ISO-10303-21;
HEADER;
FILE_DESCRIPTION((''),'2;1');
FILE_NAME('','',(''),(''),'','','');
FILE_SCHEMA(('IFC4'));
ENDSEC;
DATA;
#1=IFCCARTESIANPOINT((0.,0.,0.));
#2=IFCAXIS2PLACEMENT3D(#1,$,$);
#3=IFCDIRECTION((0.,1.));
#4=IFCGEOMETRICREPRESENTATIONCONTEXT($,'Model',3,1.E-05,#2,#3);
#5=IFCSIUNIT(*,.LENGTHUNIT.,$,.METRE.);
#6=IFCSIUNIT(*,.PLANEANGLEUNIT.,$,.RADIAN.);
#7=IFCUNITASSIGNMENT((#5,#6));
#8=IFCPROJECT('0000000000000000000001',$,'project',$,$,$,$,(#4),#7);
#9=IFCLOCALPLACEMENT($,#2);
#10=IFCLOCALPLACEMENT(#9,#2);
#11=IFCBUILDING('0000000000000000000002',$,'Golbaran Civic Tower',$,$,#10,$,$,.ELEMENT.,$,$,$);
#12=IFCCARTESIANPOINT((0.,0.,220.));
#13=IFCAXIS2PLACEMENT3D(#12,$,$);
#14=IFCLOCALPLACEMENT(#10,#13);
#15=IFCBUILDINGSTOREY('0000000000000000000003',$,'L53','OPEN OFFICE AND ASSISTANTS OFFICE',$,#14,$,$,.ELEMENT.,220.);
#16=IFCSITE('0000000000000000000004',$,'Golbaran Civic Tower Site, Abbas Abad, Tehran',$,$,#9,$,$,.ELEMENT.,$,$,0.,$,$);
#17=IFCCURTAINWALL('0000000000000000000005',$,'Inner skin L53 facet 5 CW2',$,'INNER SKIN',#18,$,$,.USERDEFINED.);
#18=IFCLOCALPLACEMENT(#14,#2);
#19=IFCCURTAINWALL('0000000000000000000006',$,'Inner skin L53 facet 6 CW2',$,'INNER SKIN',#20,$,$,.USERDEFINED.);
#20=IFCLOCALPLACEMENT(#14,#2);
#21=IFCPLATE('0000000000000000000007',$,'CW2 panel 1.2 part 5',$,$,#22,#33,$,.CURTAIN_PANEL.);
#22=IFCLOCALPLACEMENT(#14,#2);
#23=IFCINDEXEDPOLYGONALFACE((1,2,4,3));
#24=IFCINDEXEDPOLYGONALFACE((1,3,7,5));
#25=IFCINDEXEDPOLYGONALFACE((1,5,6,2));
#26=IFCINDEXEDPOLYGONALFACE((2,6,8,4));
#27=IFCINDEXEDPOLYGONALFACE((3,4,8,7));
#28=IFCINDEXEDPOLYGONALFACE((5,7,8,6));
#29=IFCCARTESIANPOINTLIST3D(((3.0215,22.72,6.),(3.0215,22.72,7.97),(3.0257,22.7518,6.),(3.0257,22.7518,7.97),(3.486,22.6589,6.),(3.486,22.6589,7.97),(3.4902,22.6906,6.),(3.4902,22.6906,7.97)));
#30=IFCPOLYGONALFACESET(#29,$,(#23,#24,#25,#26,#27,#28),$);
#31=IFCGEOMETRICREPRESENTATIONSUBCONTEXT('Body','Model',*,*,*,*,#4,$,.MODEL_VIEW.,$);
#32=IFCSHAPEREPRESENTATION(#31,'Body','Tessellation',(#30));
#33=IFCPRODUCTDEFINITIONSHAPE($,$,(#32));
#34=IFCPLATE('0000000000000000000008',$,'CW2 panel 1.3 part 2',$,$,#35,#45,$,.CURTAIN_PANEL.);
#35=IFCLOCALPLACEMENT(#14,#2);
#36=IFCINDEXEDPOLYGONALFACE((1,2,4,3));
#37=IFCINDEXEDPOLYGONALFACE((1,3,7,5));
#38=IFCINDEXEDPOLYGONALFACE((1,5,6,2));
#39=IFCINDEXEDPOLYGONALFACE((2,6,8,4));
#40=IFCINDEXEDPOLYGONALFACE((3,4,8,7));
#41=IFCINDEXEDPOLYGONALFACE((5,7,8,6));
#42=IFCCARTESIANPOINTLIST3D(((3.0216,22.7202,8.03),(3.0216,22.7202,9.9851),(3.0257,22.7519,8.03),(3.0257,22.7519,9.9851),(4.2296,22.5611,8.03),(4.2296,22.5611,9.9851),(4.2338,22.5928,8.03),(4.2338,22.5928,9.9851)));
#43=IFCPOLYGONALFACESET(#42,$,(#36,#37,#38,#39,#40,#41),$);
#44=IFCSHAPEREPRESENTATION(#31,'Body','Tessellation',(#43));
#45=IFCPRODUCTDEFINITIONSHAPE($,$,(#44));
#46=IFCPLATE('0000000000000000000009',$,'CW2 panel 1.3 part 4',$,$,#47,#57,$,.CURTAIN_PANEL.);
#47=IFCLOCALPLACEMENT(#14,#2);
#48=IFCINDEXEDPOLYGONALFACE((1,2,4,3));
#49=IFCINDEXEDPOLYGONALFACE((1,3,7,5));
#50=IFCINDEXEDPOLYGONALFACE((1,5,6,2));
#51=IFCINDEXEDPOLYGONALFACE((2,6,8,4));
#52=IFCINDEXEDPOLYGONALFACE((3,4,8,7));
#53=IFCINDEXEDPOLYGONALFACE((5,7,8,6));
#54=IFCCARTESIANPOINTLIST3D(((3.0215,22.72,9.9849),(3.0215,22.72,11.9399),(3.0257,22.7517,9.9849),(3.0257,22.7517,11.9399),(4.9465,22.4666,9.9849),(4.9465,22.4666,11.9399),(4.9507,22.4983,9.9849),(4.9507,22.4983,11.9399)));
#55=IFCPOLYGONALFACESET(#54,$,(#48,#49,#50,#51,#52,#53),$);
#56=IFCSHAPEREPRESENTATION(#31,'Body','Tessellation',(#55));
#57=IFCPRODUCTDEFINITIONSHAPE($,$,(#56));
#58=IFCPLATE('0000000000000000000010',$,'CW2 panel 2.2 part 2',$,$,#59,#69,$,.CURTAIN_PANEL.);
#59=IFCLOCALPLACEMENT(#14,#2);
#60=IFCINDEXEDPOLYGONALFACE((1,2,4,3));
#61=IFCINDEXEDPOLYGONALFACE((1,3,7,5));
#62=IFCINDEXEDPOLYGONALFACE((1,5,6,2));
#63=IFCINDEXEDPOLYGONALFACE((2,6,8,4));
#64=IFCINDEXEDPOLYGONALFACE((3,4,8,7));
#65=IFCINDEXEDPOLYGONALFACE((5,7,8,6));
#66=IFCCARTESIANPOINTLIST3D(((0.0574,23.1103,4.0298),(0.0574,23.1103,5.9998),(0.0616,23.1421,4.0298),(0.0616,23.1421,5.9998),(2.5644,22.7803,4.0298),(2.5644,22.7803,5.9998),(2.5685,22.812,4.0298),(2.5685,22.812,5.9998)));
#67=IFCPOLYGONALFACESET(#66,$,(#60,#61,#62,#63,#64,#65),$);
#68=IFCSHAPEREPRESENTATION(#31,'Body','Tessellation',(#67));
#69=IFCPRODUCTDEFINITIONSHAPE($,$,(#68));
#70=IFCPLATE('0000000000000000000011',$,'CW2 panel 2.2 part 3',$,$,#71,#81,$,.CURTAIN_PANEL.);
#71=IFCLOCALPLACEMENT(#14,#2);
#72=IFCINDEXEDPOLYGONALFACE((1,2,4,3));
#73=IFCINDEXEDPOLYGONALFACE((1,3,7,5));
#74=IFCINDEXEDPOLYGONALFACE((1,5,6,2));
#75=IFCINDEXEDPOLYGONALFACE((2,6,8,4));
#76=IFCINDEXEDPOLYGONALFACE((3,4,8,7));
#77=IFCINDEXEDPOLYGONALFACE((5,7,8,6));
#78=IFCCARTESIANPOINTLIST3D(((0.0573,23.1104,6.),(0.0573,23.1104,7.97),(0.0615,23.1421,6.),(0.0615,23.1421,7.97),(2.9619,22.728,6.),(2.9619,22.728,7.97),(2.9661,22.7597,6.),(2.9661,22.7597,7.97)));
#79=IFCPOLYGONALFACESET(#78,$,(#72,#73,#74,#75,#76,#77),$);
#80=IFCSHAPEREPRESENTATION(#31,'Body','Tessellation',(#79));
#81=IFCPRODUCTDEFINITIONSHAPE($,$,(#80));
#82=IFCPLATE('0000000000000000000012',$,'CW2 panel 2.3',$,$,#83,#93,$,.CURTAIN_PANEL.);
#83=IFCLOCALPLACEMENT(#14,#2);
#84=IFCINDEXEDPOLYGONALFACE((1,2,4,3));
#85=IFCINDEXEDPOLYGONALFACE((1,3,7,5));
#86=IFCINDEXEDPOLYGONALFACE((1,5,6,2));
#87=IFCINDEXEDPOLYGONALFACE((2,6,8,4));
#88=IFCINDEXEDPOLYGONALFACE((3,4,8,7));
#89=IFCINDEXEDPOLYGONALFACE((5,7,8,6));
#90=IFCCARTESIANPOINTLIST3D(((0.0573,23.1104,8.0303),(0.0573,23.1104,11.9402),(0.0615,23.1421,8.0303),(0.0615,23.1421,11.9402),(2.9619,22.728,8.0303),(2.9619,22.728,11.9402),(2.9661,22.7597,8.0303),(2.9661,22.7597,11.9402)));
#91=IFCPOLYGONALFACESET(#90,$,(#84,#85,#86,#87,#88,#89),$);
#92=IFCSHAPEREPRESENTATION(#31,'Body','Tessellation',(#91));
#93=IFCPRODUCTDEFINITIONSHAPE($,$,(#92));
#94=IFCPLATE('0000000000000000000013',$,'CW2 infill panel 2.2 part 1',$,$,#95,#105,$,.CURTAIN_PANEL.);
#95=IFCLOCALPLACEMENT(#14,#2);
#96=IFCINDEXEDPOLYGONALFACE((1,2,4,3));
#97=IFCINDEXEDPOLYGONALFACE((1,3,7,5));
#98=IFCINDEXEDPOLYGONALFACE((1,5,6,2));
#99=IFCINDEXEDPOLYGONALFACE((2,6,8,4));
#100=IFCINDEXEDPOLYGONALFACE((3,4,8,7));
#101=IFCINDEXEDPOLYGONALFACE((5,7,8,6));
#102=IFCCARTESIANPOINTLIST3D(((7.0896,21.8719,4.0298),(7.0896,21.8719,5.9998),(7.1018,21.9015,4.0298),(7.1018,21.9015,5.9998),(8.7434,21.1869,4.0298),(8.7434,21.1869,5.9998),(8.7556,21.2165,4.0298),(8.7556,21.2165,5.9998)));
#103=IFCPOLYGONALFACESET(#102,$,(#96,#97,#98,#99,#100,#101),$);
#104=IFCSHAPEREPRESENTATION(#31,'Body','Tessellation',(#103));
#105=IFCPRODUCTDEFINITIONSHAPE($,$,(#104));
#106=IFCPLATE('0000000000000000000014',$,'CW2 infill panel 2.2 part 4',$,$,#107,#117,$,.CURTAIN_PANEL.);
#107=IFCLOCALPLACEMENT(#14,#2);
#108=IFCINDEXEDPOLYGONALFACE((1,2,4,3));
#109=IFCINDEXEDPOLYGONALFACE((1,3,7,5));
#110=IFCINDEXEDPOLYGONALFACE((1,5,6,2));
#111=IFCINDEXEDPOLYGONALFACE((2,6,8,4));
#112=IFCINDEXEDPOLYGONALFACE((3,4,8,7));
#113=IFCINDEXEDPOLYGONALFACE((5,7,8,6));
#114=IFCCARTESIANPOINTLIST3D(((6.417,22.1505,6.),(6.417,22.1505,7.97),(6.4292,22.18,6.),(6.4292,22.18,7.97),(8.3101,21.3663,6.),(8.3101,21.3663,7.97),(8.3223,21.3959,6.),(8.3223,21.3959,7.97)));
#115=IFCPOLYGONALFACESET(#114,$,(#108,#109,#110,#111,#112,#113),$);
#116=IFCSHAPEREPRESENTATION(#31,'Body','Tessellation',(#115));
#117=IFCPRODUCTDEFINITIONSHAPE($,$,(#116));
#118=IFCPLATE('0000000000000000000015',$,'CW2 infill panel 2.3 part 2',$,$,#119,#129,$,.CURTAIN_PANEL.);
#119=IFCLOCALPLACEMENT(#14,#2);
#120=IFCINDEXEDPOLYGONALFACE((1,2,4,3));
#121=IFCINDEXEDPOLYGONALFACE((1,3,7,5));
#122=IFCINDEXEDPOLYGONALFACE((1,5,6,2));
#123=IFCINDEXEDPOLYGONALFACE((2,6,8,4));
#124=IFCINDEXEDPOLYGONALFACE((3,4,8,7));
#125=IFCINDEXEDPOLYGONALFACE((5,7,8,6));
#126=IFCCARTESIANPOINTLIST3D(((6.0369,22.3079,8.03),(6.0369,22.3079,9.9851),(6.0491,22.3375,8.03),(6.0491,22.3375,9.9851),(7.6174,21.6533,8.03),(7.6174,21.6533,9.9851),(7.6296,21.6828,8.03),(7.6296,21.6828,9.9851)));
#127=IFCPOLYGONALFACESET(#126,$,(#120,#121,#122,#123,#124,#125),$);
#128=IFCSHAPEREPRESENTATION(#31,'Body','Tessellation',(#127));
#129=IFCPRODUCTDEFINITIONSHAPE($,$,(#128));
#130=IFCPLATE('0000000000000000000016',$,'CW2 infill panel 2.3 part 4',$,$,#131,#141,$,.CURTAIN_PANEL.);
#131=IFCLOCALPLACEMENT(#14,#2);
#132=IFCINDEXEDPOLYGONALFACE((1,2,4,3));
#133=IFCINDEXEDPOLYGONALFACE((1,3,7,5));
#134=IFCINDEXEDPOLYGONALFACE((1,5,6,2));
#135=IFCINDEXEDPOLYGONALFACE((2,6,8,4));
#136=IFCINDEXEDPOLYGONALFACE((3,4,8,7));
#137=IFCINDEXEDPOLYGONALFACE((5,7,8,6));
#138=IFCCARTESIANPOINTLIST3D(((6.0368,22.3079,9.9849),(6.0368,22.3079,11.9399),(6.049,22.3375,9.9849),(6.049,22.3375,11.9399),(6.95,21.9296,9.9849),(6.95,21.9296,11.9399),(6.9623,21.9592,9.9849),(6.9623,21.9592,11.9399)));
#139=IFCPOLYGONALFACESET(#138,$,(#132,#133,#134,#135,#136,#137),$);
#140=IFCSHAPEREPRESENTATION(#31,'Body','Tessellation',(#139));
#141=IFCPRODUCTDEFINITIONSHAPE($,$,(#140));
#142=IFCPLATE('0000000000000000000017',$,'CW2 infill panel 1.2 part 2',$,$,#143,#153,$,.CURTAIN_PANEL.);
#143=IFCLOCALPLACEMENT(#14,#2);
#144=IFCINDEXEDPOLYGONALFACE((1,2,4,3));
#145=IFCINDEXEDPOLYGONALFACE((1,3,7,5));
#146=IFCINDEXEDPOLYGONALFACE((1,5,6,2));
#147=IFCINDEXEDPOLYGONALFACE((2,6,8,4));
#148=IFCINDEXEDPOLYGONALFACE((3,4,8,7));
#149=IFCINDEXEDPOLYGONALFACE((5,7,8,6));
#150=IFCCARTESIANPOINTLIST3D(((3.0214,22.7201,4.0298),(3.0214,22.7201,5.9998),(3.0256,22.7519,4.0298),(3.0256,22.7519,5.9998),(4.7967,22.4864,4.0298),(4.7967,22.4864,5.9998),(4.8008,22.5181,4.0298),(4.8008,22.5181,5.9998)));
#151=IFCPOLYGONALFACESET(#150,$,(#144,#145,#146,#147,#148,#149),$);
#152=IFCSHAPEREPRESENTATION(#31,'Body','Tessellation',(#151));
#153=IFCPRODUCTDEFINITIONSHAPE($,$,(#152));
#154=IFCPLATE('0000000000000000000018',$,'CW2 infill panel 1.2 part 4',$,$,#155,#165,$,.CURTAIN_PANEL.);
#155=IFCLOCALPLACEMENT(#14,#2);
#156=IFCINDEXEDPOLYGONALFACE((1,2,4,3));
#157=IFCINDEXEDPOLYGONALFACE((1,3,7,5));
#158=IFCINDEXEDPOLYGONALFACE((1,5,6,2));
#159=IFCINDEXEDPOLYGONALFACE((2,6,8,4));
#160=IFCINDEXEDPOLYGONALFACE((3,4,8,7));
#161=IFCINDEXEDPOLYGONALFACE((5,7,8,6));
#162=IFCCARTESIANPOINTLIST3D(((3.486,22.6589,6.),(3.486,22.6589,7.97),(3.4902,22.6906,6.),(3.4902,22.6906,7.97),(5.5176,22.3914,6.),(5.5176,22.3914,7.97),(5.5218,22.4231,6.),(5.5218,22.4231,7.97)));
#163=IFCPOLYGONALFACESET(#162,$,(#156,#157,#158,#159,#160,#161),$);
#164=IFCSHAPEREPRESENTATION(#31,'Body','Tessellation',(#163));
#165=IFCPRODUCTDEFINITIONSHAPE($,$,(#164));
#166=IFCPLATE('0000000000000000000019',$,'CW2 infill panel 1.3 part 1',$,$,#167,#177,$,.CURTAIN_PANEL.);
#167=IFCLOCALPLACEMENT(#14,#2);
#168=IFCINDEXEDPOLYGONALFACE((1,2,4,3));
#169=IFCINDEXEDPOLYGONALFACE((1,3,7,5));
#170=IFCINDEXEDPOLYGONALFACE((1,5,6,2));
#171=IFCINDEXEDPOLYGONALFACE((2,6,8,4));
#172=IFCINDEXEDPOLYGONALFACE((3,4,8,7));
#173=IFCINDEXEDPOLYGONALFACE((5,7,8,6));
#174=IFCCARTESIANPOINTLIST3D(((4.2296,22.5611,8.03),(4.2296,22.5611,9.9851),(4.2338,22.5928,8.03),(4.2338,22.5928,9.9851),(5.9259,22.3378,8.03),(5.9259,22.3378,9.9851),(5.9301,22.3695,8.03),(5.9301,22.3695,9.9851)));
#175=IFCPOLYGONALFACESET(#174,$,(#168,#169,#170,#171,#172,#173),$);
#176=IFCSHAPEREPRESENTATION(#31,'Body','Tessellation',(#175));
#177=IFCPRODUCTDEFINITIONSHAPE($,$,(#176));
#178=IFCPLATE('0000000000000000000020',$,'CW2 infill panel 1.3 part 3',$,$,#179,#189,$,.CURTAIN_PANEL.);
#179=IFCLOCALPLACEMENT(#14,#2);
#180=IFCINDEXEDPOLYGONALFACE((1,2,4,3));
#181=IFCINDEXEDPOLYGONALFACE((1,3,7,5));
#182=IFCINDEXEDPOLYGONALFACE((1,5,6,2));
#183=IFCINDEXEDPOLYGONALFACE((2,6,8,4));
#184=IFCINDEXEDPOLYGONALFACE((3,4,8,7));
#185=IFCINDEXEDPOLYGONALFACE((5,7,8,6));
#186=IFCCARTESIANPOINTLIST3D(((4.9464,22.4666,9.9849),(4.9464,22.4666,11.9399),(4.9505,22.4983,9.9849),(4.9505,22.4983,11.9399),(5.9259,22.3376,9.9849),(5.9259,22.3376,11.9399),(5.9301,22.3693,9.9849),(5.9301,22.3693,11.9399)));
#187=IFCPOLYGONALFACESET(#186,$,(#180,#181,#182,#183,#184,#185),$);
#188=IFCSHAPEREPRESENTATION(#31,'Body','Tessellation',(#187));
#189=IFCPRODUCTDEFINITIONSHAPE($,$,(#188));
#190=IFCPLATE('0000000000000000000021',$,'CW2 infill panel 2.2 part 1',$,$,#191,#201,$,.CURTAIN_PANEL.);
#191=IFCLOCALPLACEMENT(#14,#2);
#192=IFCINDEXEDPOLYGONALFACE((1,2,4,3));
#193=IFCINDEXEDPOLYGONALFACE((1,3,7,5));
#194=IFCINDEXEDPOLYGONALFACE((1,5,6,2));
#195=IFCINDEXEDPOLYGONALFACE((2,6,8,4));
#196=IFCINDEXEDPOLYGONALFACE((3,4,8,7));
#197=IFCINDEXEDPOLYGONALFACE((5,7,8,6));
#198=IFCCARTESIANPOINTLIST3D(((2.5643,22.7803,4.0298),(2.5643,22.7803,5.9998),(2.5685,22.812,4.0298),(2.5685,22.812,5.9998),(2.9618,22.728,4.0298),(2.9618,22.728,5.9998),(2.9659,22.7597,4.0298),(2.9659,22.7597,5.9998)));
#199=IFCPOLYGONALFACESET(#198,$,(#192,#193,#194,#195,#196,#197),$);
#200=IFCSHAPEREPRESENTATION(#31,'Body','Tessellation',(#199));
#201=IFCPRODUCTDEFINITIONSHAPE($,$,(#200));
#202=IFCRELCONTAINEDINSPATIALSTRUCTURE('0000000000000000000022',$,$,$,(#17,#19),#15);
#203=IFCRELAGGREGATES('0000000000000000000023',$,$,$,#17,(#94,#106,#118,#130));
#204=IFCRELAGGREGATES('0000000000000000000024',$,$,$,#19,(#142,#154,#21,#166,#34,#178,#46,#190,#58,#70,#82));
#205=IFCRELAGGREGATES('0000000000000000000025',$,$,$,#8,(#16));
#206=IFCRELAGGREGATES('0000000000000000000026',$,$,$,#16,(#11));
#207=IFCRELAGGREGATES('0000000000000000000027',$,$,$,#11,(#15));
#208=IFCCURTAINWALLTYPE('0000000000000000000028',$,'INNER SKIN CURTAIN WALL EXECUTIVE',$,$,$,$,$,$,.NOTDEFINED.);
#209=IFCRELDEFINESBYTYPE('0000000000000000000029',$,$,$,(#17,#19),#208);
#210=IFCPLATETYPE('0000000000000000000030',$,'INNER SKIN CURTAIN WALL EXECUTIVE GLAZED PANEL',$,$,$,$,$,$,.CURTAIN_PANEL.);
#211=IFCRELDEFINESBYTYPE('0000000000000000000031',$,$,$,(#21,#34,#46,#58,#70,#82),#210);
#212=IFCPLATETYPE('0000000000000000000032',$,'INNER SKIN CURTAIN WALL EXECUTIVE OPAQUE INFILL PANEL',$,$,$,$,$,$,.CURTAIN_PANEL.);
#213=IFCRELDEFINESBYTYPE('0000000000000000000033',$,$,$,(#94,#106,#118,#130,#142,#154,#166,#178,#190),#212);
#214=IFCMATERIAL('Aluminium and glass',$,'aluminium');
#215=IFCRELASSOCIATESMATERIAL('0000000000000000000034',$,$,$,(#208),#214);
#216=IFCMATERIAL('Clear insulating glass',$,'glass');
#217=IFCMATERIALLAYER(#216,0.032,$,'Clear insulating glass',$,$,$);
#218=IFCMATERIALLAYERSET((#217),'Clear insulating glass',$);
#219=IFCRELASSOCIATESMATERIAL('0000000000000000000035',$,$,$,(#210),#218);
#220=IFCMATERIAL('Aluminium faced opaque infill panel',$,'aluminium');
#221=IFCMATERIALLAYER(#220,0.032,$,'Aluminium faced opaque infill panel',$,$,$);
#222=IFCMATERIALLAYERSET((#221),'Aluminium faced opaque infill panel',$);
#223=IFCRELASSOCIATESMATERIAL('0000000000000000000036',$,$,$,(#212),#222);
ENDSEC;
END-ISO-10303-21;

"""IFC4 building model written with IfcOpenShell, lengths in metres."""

from ifc_helpers import new_model, si_unit, direction, frame, origin, origin_2d, place, context, subcontext, project, spatial, rectangle, extrude, material, layer, layer_set, type_object, element, aggregate, save


model = new_model("IFC4")

# Units and contexts
model_context = context("Model", 3, precision=1e-05, world=origin(), true_north=direction((0.0, 1.0)))
body_context = subcontext(model_context, "Body", "Model", "MODEL_VIEW")
ifc_project = project(units=[si_unit("LENGTHUNIT", "METRE"), si_unit("PLANEANGLEUNIT", "RADIAN")], contexts=[model_context])

# Site, building, storey
site_placement = place(None, origin())
site = spatial("IfcSite", under=ifc_project, at=site_placement, Name="Golbaran Civic Tower Site, Abbas Abad, Tehran", CompositionType="ELEMENT", RefElevation=0.0)
building_placement = place(site_placement, origin())
building = spatial("IfcBuilding", under=site, at=building_placement, Name="Golbaran Civic Tower", CompositionType="ELEMENT")
storey_placement = place(building_placement, frame((0.0, 0.0, 220.0)))
storey = spatial("IfcBuildingStorey", under=building, at=storey_placement, Name="L53", Description="OPEN OFFICE AND ASSISTANTS OFFICE", CompositionType="ELEMENT", Elevation=220.0)

# Curtain walls
ifc_material_1 = material(Name="Aluminium and glass", Category="aluminium")
curtain_wall_type = type_object("IfcCurtainWallType", Name="INNER SKIN CURTAIN WALL EXECUTIVE", PredefinedType="NOTDEFINED", material=ifc_material_1)
curtain_wall_1_placement = place(storey_placement, origin())
curtain_wall_1 = element("IfcCurtainWall", 1, at=curtain_wall_1_placement, inside=storey, type_object=curtain_wall_type, Name="Inner skin L53 facet 5 CW2", ObjectType="INNER SKIN", PredefinedType="USERDEFINED")
curtain_wall_2_placement = place(storey_placement, origin())
curtain_wall_2 = element("IfcCurtainWall", 2, at=curtain_wall_2_placement, inside=storey, type_object=curtain_wall_type, Name="Inner skin L53 facet 6 CW2", ObjectType="INNER SKIN", PredefinedType="USERDEFINED")

# Plates
ifc_material_2 = material(Name="Clear insulating glass", Category="glass")
ifc_layer_1 = layer(ifc_material_2, 0.032, Name="Clear insulating glass")
ifc_layer_set_1 = layer_set([ifc_layer_1], Name="Clear insulating glass")
plate_type_1 = type_object("IfcPlateType", Name="INNER SKIN CURTAIN WALL EXECUTIVE GLAZED PANEL", PredefinedType="CURTAIN_PANEL", material=ifc_layer_set_1)
plate_1_placement = place(storey_placement, frame((3.2559, 22.7053, 6.0), z_axis=(0.0, 0.0, 1.0), x_axis=(-0.991445, 0.130526, 0.0)))
plate_1 = element("IfcPlate", 3, at=plate_1_placement, type_object=plate_type_1, Name="CW2 panel 1.2 part 5", PredefinedType="CURTAIN_PANEL", context=body_context, shape_type="SweptSolid", body=[
    extrude(rectangle(XDim=0.4685, YDim=0.032, at=origin_2d()), origin(), (0.0, 0.0, 1.0), 1.97),
])
plate_2_placement = place(storey_placement, frame((3.6277, 22.6565, 8.03), z_axis=(0.0, 0.0, 1.0), x_axis=(-0.991445, 0.130526, 0.0)))
plate_2 = element("IfcPlate", 4, at=plate_2_placement, type_object=plate_type_1, Name="CW2 panel 1.3 part 2", PredefinedType="CURTAIN_PANEL", context=body_context, shape_type="SweptSolid", body=[
    extrude(rectangle(XDim=1.2185, YDim=0.032, at=origin_2d()), origin(), (0.0, 0.0, 1.0), 1.9551),
])
plate_3_placement = place(storey_placement, frame((3.9861, 22.6091, 9.9849), z_axis=(0.0, 0.0, 1.0), x_axis=(-0.991445, 0.130526, 0.0)))
plate_3 = element("IfcPlate", 5, at=plate_3_placement, type_object=plate_type_1, Name="CW2 panel 1.3 part 4", PredefinedType="CURTAIN_PANEL", context=body_context, shape_type="SweptSolid", body=[
    extrude(rectangle(XDim=1.9417, YDim=0.032, at=origin_2d()), origin(), (0.0, 0.0, 1.0), 1.9551),
])
plate_4_placement = place(storey_placement, frame((1.313, 22.9612, 4.0298), z_axis=(0.0, 0.0, 1.0), x_axis=(-0.991445, 0.130526, 0.0)))
plate_4 = element("IfcPlate", 6, at=plate_4_placement, type_object=plate_type_1, Name="CW2 panel 2.2 part 2", PredefinedType="CURTAIN_PANEL", context=body_context, shape_type="SweptSolid", body=[
    extrude(rectangle(XDim=2.5286, YDim=0.032, at=origin_2d()), origin(), (0.0, 0.0, 1.0), 1.97),
])
plate_5_placement = place(storey_placement, frame((1.5117, 22.9351, 6.0), z_axis=(0.0, 0.0, 1.0), x_axis=(-0.991445, 0.130526, 0.0)))
plate_5 = element("IfcPlate", 7, at=plate_5_placement, type_object=plate_type_1, Name="CW2 panel 2.2 part 3", PredefinedType="CURTAIN_PANEL", context=body_context, shape_type="SweptSolid", body=[
    extrude(rectangle(XDim=2.9297, YDim=0.032, at=origin_2d()), origin(), (0.0, 0.0, 1.0), 1.97),
])
plate_6_placement = place(storey_placement, frame((1.5117, 22.9351, 8.0303), z_axis=(0.0, 0.0, 1.0), x_axis=(-0.991445, 0.130526, 0.0)))
plate_6 = element("IfcPlate", 8, at=plate_6_placement, type_object=plate_type_1, Name="CW2 panel 2.3", PredefinedType="CURTAIN_PANEL", context=body_context, shape_type="SweptSolid", body=[
    extrude(rectangle(XDim=2.9297, YDim=0.032, at=origin_2d()), origin(), (0.0, 0.0, 1.0), 3.9099),
])
ifc_material_3 = material(Name="Aluminium faced opaque infill panel", Category="aluminium")
ifc_layer_2 = layer(ifc_material_3, 0.032, Name="Aluminium faced opaque infill panel")
ifc_layer_set_2 = layer_set([ifc_layer_2], Name="Aluminium faced opaque infill panel")
plate_type_2 = type_object("IfcPlateType", Name="INNER SKIN CURTAIN WALL EXECUTIVE OPAQUE INFILL PANEL", PredefinedType="CURTAIN_PANEL", material=ifc_layer_set_2)
plate_7_placement = place(storey_placement, frame((7.9226, 21.5442, 4.0298), z_axis=(0.0, 0.0, 1.0), x_axis=(-0.92388, 0.382683, 0.0)))
plate_7 = element("IfcPlate", 9, at=plate_7_placement, type_object=plate_type_2, Name="CW2 infill panel 2.2 part 1", PredefinedType="CURTAIN_PANEL", context=body_context, shape_type="SweptSolid", body=[
    extrude(rectangle(XDim=1.79, YDim=0.032, at=origin_2d()), origin(), (0.0, 0.0, 1.0), 1.97),
])
plate_8_placement = place(storey_placement, frame((7.3696, 21.7732, 6.0), z_axis=(0.0, 0.0, 1.0), x_axis=(-0.92388, 0.382683, 0.0)))
plate_8 = element("IfcPlate", 10, at=plate_8_placement, type_object=plate_type_2, Name="CW2 infill panel 2.2 part 4", PredefinedType="CURTAIN_PANEL", context=body_context, shape_type="SweptSolid", body=[
    extrude(rectangle(XDim=2.0491, YDim=0.032, at=origin_2d()), origin(), (0.0, 0.0, 1.0), 1.97),
])
plate_9_placement = place(storey_placement, frame((6.8333, 21.9954, 8.03), z_axis=(0.0, 0.0, 1.0), x_axis=(-0.92388, 0.382683, 0.0)))
plate_9 = element("IfcPlate", 11, at=plate_9_placement, type_object=plate_type_2, Name="CW2 infill panel 2.3 part 2", PredefinedType="CURTAIN_PANEL", context=body_context, shape_type="SweptSolid", body=[
    extrude(rectangle(XDim=1.7107, YDim=0.032, at=origin_2d()), origin(), (0.0, 0.0, 1.0), 1.9551),
])
plate_10_placement = place(storey_placement, frame((6.4995, 22.1335, 9.9849), z_axis=(0.0, 0.0, 1.0), x_axis=(-0.92388, 0.382683, 0.0)))
plate_10 = element("IfcPlate", 12, at=plate_10_placement, type_object=plate_type_2, Name="CW2 infill panel 2.3 part 4", PredefinedType="CURTAIN_PANEL", context=body_context, shape_type="SweptSolid", body=[
    extrude(rectangle(XDim=0.9885, YDim=0.032, at=origin_2d()), origin(), (0.0, 0.0, 1.0), 1.9551),
])
aggregate(curtain_wall_1, [plate_7, plate_8, plate_9, plate_10])
plate_11_placement = place(storey_placement, frame((3.9111, 22.6191, 4.0298), z_axis=(0.0, 0.0, 1.0), x_axis=(-0.991445, 0.130526, 0.0)))
plate_11 = element("IfcPlate", 13, at=plate_11_placement, type_object=plate_type_2, Name="CW2 infill panel 1.2 part 2", PredefinedType="CURTAIN_PANEL", context=body_context, shape_type="SweptSolid", body=[
    extrude(rectangle(XDim=1.7905, YDim=0.032, at=origin_2d()), origin(), (0.0, 0.0, 1.0), 1.97),
])
plate_12_placement = place(storey_placement, frame((4.5039, 22.541, 6.0), z_axis=(0.0, 0.0, 1.0), x_axis=(-0.991445, 0.130526, 0.0)))
plate_12 = element("IfcPlate", 14, at=plate_12_placement, type_object=plate_type_2, Name="CW2 infill panel 1.2 part 4", PredefinedType="CURTAIN_PANEL", context=body_context, shape_type="SweptSolid", body=[
    extrude(rectangle(XDim=2.0491, YDim=0.032, at=origin_2d()), origin(), (0.0, 0.0, 1.0), 1.97),
])
plate_13_placement = place(storey_placement, frame((5.0798, 22.4653, 8.03), z_axis=(0.0, 0.0, 1.0), x_axis=(-0.991445, 0.130526, 0.0)))
plate_13 = element("IfcPlate", 15, at=plate_13_placement, type_object=plate_type_2, Name="CW2 infill panel 1.3 part 1", PredefinedType="CURTAIN_PANEL", context=body_context, shape_type="SweptSolid", body=[
    extrude(rectangle(XDim=1.7109, YDim=0.032, at=origin_2d()), origin(), (0.0, 0.0, 1.0), 1.9551),
])
plate_14_placement = place(storey_placement, frame((5.4382, 22.418, 9.9849), z_axis=(0.0, 0.0, 1.0), x_axis=(-0.991445, 0.130526, 0.0)))
plate_14 = element("IfcPlate", 16, at=plate_14_placement, type_object=plate_type_2, Name="CW2 infill panel 1.3 part 3", PredefinedType="CURTAIN_PANEL", context=body_context, shape_type="SweptSolid", body=[
    extrude(rectangle(XDim=0.988, YDim=0.032, at=origin_2d()), origin(), (0.0, 0.0, 1.0), 1.9551),
])
plate_15_placement = place(storey_placement, frame((2.7651, 22.77, 4.0298), z_axis=(0.0, 0.0, 1.0), x_axis=(-0.991445, 0.130526, 0.0)))
plate_15 = element("IfcPlate", 17, at=plate_15_placement, type_object=plate_type_2, Name="CW2 infill panel 2.2 part 1", PredefinedType="CURTAIN_PANEL", context=body_context, shape_type="SweptSolid", body=[
    extrude(rectangle(XDim=0.4009, YDim=0.032, at=origin_2d()), origin(), (0.0, 0.0, 1.0), 1.97),
])
aggregate(curtain_wall_2, [plate_11, plate_12, plate_1, plate_13, plate_2, plate_14, plate_3, plate_15, plate_4, plate_5, plate_6])

save(model, "model.ifc")
